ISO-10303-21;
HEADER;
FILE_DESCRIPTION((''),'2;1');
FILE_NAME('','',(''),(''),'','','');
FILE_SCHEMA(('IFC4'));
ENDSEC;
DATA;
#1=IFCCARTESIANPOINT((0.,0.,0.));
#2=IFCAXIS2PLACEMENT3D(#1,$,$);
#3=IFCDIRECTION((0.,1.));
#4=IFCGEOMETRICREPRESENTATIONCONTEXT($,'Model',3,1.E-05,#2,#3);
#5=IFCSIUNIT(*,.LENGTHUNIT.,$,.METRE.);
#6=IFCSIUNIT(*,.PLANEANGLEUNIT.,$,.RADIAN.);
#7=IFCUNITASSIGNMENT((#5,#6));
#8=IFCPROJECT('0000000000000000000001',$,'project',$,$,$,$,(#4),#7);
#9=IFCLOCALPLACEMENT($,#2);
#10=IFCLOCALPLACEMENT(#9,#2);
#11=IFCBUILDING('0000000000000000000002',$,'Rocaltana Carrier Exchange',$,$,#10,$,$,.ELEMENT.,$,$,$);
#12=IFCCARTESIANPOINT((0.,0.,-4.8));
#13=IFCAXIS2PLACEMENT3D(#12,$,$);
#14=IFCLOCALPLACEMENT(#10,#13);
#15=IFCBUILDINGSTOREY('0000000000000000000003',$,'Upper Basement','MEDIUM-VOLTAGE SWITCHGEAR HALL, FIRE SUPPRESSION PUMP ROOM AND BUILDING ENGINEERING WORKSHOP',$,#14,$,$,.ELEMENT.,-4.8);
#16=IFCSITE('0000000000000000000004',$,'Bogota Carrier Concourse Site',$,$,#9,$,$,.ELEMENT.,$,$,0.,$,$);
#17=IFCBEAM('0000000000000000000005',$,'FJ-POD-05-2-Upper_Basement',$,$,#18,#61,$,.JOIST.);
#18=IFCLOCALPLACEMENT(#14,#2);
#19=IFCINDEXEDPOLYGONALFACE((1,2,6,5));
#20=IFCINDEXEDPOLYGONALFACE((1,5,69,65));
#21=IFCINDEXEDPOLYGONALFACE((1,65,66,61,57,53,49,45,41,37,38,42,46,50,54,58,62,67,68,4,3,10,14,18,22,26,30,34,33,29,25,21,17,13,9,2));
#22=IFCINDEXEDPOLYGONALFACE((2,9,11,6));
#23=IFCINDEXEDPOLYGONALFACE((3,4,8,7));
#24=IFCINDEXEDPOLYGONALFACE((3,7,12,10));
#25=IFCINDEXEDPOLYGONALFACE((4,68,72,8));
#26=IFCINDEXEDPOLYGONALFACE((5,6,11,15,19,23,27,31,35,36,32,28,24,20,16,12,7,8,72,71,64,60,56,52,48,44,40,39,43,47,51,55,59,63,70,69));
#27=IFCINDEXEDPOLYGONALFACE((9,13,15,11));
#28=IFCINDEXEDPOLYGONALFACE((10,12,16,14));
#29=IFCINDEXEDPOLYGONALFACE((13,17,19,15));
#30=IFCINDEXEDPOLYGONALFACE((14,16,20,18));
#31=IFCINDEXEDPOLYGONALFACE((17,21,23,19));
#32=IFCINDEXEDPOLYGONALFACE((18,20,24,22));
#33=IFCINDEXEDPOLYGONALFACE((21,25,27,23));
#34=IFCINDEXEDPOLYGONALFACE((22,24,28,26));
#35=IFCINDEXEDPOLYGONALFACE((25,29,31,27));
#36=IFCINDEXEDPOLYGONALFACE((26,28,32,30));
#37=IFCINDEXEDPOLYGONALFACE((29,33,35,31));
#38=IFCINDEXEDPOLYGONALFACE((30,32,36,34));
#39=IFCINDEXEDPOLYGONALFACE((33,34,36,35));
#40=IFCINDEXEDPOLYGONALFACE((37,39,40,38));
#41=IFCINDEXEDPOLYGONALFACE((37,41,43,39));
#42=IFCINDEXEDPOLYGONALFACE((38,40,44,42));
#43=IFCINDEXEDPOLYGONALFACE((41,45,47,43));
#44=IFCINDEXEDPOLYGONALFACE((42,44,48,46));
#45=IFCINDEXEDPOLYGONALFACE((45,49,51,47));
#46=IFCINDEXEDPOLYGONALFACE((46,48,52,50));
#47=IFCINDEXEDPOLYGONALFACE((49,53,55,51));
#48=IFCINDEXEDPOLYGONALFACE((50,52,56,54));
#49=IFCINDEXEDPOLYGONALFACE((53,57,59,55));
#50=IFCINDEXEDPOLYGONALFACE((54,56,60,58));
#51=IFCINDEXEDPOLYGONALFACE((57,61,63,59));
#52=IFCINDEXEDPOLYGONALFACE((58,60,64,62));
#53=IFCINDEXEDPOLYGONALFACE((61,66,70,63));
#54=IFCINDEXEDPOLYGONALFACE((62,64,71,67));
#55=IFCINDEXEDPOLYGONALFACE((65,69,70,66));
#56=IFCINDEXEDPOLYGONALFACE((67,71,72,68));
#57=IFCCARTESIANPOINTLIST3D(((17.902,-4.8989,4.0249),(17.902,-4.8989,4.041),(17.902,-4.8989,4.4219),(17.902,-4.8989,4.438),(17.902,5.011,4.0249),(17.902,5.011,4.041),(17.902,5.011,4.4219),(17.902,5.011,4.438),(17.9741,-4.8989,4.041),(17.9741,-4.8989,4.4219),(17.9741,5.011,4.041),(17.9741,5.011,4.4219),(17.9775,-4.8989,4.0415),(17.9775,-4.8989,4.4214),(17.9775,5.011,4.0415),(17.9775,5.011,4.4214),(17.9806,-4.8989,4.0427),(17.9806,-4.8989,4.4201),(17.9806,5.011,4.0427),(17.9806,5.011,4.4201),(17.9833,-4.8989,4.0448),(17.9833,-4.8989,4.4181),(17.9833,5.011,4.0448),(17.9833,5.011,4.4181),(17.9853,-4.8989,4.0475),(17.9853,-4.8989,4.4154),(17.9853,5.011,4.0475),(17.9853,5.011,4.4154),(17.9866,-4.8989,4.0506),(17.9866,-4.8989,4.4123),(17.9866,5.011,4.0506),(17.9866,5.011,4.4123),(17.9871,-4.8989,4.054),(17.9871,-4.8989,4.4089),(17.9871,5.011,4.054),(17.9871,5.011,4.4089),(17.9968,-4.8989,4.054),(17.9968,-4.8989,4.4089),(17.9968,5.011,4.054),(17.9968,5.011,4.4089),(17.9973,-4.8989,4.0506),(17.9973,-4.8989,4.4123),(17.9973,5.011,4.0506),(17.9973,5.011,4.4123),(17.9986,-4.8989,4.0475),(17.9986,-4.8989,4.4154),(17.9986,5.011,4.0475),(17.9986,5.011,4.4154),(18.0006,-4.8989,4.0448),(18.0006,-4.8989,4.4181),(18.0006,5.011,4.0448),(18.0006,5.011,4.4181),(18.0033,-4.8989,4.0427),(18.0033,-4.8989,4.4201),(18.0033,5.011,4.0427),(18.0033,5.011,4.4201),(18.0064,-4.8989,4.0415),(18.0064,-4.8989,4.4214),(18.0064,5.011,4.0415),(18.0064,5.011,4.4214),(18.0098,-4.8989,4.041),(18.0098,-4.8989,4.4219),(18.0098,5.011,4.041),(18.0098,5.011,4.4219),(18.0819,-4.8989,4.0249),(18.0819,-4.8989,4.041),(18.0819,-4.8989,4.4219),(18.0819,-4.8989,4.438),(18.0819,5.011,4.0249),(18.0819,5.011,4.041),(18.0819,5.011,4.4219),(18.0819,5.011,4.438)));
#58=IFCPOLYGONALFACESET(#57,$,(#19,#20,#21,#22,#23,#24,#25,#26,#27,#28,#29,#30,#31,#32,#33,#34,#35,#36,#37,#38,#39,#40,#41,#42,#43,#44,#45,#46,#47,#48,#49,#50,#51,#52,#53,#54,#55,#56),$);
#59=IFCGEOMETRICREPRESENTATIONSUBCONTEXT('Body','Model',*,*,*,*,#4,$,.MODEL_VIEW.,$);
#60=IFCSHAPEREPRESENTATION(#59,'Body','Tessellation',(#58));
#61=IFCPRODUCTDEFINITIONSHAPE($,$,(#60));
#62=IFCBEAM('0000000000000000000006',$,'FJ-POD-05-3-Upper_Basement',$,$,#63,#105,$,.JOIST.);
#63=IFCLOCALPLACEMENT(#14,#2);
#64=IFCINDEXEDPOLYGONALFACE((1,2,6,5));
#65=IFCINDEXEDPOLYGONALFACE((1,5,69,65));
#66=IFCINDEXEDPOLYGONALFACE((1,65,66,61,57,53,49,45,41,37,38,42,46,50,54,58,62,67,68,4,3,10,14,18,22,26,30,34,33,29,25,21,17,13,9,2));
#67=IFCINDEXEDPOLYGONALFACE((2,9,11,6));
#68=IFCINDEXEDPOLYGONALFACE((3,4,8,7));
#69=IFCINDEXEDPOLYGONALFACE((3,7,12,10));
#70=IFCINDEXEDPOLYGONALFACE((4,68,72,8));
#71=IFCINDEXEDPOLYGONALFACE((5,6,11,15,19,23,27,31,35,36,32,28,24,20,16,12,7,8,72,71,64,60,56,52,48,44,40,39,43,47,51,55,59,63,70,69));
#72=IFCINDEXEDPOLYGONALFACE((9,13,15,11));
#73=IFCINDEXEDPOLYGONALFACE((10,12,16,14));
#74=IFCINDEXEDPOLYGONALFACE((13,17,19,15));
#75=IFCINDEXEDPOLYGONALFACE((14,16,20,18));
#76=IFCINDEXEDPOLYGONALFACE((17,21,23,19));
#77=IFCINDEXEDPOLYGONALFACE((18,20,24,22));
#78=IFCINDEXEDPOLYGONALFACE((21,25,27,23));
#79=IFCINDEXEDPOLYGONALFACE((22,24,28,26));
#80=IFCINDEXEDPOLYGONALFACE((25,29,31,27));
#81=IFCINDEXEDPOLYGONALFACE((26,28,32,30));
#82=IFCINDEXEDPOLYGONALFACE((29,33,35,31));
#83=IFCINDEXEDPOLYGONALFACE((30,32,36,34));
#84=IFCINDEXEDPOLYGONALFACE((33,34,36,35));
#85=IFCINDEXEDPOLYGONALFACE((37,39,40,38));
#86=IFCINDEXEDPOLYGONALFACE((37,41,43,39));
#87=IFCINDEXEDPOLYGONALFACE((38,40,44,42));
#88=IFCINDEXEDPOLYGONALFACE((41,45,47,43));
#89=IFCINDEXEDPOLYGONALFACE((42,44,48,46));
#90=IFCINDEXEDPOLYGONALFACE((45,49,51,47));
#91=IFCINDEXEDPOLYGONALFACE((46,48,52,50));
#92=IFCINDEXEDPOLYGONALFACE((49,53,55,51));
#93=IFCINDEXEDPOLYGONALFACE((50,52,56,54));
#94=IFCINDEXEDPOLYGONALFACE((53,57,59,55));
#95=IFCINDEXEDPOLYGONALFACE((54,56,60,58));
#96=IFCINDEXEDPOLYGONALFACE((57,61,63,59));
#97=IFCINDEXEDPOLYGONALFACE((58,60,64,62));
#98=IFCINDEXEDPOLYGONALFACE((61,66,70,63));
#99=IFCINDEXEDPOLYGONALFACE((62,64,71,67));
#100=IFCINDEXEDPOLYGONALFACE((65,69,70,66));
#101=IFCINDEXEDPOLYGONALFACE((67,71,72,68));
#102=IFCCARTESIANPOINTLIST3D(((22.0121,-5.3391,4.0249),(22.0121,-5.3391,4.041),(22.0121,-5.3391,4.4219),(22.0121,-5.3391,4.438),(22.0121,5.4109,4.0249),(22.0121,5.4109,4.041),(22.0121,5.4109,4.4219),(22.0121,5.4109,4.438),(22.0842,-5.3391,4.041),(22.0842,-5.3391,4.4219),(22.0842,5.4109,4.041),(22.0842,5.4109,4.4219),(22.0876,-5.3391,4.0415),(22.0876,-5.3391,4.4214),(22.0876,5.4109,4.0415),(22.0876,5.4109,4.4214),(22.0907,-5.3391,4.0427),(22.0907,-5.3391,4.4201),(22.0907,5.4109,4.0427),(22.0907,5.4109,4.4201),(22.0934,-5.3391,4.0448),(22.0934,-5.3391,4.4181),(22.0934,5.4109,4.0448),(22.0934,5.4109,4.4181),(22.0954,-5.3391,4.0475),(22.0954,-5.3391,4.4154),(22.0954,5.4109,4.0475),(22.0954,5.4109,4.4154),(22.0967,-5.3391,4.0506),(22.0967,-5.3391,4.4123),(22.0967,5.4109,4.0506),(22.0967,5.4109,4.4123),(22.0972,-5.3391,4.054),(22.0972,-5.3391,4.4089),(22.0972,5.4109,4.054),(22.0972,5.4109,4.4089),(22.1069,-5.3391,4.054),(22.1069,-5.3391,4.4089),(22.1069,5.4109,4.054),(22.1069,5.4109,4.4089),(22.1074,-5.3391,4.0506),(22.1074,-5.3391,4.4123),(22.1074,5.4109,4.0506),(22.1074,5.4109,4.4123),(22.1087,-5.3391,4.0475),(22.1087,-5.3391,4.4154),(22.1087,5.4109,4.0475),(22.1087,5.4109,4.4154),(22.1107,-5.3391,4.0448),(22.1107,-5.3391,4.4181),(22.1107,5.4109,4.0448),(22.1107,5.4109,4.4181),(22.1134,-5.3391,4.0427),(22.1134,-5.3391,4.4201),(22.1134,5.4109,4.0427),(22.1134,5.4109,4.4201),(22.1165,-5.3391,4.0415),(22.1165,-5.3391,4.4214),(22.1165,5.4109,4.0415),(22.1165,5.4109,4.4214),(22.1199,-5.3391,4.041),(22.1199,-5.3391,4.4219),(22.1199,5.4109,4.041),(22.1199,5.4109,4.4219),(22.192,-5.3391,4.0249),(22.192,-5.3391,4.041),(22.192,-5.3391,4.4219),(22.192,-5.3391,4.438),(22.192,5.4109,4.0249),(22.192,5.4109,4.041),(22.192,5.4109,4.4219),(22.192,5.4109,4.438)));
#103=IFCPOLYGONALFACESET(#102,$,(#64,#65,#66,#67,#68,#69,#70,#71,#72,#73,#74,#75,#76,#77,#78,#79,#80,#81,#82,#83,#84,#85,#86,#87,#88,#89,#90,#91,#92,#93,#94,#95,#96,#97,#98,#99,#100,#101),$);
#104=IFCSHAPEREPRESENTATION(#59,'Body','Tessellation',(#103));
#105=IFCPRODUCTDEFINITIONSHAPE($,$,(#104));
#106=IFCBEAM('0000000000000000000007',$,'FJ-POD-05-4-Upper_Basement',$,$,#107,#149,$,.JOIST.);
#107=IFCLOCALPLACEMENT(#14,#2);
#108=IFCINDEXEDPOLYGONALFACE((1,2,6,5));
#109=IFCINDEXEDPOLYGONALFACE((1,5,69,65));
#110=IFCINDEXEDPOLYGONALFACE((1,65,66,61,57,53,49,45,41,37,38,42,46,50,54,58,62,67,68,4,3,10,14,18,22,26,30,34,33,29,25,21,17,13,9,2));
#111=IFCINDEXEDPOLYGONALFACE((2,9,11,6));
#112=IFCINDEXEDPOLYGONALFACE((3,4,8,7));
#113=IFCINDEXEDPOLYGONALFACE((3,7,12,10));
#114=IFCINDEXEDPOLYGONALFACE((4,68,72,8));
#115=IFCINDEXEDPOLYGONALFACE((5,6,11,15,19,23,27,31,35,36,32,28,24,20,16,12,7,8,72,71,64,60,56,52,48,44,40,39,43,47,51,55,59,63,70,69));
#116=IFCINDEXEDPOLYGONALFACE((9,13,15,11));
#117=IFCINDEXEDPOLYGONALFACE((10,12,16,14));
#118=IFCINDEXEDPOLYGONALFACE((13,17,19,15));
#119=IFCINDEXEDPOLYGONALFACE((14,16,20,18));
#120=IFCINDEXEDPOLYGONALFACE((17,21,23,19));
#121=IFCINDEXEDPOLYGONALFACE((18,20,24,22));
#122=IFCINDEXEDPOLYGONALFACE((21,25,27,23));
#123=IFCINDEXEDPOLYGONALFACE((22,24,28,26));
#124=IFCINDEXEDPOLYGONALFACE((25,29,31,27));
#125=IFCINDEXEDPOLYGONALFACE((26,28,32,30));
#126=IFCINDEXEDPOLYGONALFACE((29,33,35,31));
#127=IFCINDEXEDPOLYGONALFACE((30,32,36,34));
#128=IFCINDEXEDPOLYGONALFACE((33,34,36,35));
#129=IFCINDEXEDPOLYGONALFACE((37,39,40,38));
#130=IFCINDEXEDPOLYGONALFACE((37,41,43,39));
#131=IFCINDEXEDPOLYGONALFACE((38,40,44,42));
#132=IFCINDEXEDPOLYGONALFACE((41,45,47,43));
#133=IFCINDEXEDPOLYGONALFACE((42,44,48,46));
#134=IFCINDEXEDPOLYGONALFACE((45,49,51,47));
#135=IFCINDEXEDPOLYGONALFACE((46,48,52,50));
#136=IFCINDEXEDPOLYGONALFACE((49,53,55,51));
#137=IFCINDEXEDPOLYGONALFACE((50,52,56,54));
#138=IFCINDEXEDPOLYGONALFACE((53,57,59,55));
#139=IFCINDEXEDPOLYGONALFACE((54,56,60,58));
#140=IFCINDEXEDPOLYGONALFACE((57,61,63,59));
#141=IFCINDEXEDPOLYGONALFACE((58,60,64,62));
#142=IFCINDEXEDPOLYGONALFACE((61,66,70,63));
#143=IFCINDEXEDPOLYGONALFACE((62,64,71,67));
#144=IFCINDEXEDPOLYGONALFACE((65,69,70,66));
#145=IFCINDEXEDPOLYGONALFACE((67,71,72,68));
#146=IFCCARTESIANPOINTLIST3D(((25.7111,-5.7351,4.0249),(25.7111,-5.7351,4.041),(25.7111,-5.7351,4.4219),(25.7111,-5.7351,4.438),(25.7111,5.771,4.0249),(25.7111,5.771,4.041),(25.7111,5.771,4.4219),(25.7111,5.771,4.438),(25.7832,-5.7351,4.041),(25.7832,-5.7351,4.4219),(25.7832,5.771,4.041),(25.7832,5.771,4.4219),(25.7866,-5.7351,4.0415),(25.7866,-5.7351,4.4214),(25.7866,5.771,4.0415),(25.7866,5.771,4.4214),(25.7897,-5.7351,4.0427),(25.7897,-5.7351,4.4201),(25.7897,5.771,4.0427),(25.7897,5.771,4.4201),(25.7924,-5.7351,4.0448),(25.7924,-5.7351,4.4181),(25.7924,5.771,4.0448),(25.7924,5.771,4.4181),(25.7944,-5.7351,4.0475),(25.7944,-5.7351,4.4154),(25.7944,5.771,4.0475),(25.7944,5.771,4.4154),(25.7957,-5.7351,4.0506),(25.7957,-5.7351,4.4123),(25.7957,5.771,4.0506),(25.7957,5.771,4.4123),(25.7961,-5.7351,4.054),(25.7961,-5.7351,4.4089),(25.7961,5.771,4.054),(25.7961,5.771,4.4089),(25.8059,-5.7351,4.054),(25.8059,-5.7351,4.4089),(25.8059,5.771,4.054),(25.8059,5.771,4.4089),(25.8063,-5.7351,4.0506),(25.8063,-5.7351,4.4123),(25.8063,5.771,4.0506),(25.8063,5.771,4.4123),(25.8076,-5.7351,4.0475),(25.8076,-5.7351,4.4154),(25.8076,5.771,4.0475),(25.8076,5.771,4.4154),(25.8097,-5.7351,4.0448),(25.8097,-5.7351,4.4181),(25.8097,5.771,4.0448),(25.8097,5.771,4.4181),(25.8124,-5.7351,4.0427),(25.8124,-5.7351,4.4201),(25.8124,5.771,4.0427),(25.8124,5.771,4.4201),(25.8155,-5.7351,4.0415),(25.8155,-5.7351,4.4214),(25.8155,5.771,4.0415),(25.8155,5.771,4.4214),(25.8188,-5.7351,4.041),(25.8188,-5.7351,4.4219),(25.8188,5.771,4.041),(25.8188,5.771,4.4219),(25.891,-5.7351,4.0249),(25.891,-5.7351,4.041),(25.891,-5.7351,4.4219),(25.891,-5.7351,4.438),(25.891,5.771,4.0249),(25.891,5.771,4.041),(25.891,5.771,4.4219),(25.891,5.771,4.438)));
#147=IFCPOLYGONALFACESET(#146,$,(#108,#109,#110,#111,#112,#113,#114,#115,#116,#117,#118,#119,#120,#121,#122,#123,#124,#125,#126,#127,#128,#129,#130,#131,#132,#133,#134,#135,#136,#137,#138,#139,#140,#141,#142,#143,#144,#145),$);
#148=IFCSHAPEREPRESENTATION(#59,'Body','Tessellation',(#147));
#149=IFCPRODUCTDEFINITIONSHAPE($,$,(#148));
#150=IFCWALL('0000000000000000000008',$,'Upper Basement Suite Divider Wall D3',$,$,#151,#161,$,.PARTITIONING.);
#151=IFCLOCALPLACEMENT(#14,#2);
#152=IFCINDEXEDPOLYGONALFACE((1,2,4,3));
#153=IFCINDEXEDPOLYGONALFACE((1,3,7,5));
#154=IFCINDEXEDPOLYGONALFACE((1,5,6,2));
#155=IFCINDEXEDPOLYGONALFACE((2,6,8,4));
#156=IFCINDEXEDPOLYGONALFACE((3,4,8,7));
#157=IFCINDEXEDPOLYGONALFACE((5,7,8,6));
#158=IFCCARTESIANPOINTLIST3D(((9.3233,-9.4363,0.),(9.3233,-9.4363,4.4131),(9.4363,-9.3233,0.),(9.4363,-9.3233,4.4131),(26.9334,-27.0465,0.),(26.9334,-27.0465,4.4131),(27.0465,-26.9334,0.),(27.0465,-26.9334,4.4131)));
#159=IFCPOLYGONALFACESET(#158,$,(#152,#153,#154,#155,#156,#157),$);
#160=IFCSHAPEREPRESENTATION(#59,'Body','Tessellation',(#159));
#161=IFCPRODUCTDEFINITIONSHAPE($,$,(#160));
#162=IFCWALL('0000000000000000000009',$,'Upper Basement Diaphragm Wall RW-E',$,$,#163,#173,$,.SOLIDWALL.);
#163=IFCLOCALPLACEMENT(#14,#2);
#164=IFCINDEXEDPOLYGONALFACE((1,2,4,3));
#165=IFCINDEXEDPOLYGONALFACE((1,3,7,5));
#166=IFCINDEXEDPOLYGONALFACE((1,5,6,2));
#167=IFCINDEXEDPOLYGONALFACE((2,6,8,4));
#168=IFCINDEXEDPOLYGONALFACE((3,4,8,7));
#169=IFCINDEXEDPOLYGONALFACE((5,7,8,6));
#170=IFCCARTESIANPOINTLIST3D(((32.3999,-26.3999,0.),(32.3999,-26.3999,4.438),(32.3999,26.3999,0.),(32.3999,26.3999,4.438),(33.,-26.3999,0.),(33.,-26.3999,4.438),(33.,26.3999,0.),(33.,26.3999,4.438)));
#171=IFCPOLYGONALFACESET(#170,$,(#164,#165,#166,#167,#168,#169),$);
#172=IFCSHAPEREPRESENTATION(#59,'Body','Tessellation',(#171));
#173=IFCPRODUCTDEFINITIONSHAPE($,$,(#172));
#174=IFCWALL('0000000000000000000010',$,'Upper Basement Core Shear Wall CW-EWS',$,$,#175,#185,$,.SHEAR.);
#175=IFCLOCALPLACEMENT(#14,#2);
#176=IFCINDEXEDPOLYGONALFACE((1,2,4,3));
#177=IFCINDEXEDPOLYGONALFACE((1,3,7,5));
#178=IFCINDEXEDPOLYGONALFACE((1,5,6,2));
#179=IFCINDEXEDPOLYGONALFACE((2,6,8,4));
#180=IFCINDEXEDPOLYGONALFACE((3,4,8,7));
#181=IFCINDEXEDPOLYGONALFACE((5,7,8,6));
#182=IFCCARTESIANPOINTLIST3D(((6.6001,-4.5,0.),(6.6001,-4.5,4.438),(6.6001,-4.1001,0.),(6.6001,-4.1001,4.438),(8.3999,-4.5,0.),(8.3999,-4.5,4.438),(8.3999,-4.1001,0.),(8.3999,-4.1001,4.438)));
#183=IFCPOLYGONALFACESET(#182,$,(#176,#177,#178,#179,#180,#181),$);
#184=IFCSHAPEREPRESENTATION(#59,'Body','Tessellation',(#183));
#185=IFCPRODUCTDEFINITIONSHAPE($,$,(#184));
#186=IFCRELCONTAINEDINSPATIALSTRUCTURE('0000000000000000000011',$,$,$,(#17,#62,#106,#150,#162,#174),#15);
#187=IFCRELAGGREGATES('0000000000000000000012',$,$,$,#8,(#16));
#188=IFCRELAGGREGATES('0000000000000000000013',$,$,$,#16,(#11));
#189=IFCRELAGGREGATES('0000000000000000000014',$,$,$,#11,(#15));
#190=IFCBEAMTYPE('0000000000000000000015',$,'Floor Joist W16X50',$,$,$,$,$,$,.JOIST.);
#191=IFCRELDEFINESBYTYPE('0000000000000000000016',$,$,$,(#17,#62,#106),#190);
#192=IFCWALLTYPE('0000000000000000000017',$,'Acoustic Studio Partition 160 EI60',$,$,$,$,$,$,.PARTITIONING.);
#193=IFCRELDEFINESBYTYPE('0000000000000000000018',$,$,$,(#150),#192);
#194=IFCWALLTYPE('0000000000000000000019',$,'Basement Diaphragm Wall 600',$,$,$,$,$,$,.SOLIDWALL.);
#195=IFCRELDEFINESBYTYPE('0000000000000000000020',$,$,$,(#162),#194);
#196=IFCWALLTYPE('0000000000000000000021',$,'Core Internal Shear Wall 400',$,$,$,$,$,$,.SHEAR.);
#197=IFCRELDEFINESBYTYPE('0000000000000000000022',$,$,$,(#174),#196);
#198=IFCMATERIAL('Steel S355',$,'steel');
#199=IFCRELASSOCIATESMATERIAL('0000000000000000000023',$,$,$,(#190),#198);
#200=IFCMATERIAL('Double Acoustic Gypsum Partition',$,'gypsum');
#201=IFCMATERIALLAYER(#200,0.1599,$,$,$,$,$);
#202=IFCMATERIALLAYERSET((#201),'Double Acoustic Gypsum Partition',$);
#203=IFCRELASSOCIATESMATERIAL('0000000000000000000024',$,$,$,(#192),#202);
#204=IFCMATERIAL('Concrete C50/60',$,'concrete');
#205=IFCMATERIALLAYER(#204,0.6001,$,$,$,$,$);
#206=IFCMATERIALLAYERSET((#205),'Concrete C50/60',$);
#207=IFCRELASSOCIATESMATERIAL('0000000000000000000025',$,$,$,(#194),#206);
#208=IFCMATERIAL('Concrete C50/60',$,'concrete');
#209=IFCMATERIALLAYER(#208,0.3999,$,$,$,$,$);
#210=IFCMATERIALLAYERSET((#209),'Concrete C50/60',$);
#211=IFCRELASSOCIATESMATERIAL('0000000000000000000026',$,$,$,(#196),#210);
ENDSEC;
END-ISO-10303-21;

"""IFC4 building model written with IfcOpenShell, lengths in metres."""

from ifc_helpers import new_model, si_unit, direction, frame, frame_2d, origin, origin_2d, place, context, subcontext, project, spatial, rectangle, i_section, extrude, material, layer, layer_set, material_profile, profile_set, type_object, element, save


model = new_model("IFC4")

# Units and contexts
model_context = context("Model", 3, precision=1e-05, world=origin(), true_north=direction((0.0, 1.0)))
body_context = subcontext(model_context, "Body", "Model", "MODEL_VIEW")
ifc_project = project(units=[si_unit("LENGTHUNIT", "METRE"), si_unit("PLANEANGLEUNIT", "RADIAN")], contexts=[model_context])

# Site, building, storey
site_placement = place(None, origin())
site = spatial("IfcSite", under=ifc_project, at=site_placement, Name="Bogota Carrier Concourse Site", CompositionType="ELEMENT", RefElevation=0.0)
building_placement = place(site_placement, origin())
building = spatial("IfcBuilding", under=site, at=building_placement, Name="Rocaltana Carrier Exchange", CompositionType="ELEMENT")
storey_placement = place(building_placement, frame((0.0, 0.0, -4.8)))
storey = spatial("IfcBuildingStorey", under=building, at=storey_placement, Name="Upper Basement", Description="MEDIUM-VOLTAGE SWITCHGEAR HALL, FIRE SUPPRESSION PUMP ROOM AND BUILDING ENGINEERING WORKSHOP", CompositionType="ELEMENT", Elevation=-4.8)

# Beams
ifc_material_1 = material(Name="Steel S355", Category="steel")
ifc_material_profile_1 = material_profile(ifc_material_1, i_section(OverallWidth=0.1799, OverallDepth=0.4131, WebThickness=0.0098, FlangeThickness=0.0161, FilletRadius=0.0129, at=origin_2d()), Name="W16X50")
ifc_profile_set_1 = profile_set([ifc_material_profile_1], Name="Steel S355")
beam_type_1 = type_object("IfcBeamType", Name="Floor Joist W16X50", PredefinedType="JOIST", material=ifc_profile_set_1)
beam_1_placement = place(storey_placement, frame((17.9919, -4.8989, 4.2314), z_axis=(0.0, 1.0, 0.0), x_axis=(-1.0, 0.0, 0.0)))
element("IfcBeam", 1, at=beam_1_placement, inside=storey, type_object=beam_type_1, Name="FJ-POD-05-2-Upper_Basement", PredefinedType="JOIST", context=body_context, shape_type="SweptSolid", body=[
    extrude(i_section(OverallWidth=0.1799, OverallDepth=0.4131, WebThickness=0.0098, FlangeThickness=0.0161, FilletRadius=0.0129, at=origin_2d()), origin(), (0.0, 0.0, 1.0), 9.9099),
])
beam_2_placement = place(storey_placement, frame((22.1021, -5.3391, 4.2314), z_axis=(0.0, 1.0, 0.0), x_axis=(-1.0, 0.0, 0.0)))
element("IfcBeam", 2, at=beam_2_placement, inside=storey, type_object=beam_type_1, Name="FJ-POD-05-3-Upper_Basement", PredefinedType="JOIST", context=body_context, shape_type="SweptSolid", body=[
    extrude(i_section(OverallWidth=0.1799, OverallDepth=0.4131, WebThickness=0.0098, FlangeThickness=0.0161, FilletRadius=0.0129, at=origin_2d()), origin(), (0.0, 0.0, 1.0), 10.75),
])
beam_3_placement = place(storey_placement, frame((25.801, -5.7351, 4.2314), z_axis=(0.0, 1.0, 0.0), x_axis=(-1.0, 0.0, 0.0)))
element("IfcBeam", 3, at=beam_3_placement, inside=storey, type_object=beam_type_1, Name="FJ-POD-05-4-Upper_Basement", PredefinedType="JOIST", context=body_context, shape_type="SweptSolid", body=[
    extrude(i_section(OverallWidth=0.1799, OverallDepth=0.4131, WebThickness=0.0098, FlangeThickness=0.0161, FilletRadius=0.0129, at=origin_2d()), origin(), (0.0, 0.0, 1.0), 11.5061),
])

# Walls
ifc_material_2 = material(Name="Double Acoustic Gypsum Partition", Category="gypsum")
ifc_layer_1 = layer(ifc_material_2, 0.1599)
ifc_layer_set_1 = layer_set([ifc_layer_1], Name="Double Acoustic Gypsum Partition")
wall_type_1 = type_object("IfcWallType", Name="Acoustic Studio Partition 160 EI60", PredefinedType="PARTITIONING", material=ifc_layer_set_1)
wall_1_placement = place(storey_placement, frame((9.3799, -9.3799, 0.0), z_axis=(0.0, 0.0, 1.0), x_axis=(0.707107, -0.707107, 0.0)))
element("IfcWall", 4, at=wall_1_placement, inside=storey, type_object=wall_type_1, Name="Upper Basement Suite Divider Wall D3", PredefinedType="PARTITIONING", context=body_context, shape_type="SweptSolid", body=[
    extrude(rectangle(XDim=24.9045, YDim=0.1599, at=frame_2d((12.4521, 0.0))), origin(), (0.0, 0.0, 1.0), 4.4131),
])
ifc_material_3 = material(Name="Concrete C50/60", Category="concrete")
ifc_layer_2 = layer(ifc_material_3, 0.6001)
ifc_layer_set_2 = layer_set([ifc_layer_2], Name="Concrete C50/60")
wall_type_2 = type_object("IfcWallType", Name="Basement Diaphragm Wall 600", PredefinedType="SOLIDWALL", material=ifc_layer_set_2)
wall_2_placement = place(storey_placement, frame((32.7, -26.3999, 0.0), z_axis=(0.0, 0.0, 1.0), x_axis=(0.0, 1.0, 0.0)))
element("IfcWall", 5, at=wall_2_placement, inside=storey, type_object=wall_type_2, Name="Upper Basement Diaphragm Wall RW-E", PredefinedType="SOLIDWALL", context=body_context, shape_type="SweptSolid", body=[
    extrude(rectangle(XDim=52.7998, YDim=0.6001, at=frame_2d((26.3999, 0.0))), origin(), (0.0, 0.0, 1.0), 4.438),
])
ifc_material_4 = material(Name="Concrete C50/60", Category="concrete")
ifc_layer_3 = layer(ifc_material_4, 0.3999)
ifc_layer_set_3 = layer_set([ifc_layer_3], Name="Concrete C50/60")
wall_type_3 = type_object("IfcWallType", Name="Core Internal Shear Wall 400", PredefinedType="SHEAR", material=ifc_layer_set_3)
wall_3_placement = place(storey_placement, frame((6.6001, -4.3, 0.0), z_axis=(0.0, 0.0, 1.0), x_axis=(1.0, 0.0, 0.0)))
element("IfcWall", 6, at=wall_3_placement, inside=storey, type_object=wall_type_3, Name="Upper Basement Core Shear Wall CW-EWS", PredefinedType="SHEAR", context=body_context, shape_type="SweptSolid", body=[
    extrude(rectangle(XDim=1.7998, YDim=0.3999, at=frame_2d((0.8999, 0.0))), origin(), (0.0, 0.0, 1.0), 4.438),
])

save(model, "model.ifc")
